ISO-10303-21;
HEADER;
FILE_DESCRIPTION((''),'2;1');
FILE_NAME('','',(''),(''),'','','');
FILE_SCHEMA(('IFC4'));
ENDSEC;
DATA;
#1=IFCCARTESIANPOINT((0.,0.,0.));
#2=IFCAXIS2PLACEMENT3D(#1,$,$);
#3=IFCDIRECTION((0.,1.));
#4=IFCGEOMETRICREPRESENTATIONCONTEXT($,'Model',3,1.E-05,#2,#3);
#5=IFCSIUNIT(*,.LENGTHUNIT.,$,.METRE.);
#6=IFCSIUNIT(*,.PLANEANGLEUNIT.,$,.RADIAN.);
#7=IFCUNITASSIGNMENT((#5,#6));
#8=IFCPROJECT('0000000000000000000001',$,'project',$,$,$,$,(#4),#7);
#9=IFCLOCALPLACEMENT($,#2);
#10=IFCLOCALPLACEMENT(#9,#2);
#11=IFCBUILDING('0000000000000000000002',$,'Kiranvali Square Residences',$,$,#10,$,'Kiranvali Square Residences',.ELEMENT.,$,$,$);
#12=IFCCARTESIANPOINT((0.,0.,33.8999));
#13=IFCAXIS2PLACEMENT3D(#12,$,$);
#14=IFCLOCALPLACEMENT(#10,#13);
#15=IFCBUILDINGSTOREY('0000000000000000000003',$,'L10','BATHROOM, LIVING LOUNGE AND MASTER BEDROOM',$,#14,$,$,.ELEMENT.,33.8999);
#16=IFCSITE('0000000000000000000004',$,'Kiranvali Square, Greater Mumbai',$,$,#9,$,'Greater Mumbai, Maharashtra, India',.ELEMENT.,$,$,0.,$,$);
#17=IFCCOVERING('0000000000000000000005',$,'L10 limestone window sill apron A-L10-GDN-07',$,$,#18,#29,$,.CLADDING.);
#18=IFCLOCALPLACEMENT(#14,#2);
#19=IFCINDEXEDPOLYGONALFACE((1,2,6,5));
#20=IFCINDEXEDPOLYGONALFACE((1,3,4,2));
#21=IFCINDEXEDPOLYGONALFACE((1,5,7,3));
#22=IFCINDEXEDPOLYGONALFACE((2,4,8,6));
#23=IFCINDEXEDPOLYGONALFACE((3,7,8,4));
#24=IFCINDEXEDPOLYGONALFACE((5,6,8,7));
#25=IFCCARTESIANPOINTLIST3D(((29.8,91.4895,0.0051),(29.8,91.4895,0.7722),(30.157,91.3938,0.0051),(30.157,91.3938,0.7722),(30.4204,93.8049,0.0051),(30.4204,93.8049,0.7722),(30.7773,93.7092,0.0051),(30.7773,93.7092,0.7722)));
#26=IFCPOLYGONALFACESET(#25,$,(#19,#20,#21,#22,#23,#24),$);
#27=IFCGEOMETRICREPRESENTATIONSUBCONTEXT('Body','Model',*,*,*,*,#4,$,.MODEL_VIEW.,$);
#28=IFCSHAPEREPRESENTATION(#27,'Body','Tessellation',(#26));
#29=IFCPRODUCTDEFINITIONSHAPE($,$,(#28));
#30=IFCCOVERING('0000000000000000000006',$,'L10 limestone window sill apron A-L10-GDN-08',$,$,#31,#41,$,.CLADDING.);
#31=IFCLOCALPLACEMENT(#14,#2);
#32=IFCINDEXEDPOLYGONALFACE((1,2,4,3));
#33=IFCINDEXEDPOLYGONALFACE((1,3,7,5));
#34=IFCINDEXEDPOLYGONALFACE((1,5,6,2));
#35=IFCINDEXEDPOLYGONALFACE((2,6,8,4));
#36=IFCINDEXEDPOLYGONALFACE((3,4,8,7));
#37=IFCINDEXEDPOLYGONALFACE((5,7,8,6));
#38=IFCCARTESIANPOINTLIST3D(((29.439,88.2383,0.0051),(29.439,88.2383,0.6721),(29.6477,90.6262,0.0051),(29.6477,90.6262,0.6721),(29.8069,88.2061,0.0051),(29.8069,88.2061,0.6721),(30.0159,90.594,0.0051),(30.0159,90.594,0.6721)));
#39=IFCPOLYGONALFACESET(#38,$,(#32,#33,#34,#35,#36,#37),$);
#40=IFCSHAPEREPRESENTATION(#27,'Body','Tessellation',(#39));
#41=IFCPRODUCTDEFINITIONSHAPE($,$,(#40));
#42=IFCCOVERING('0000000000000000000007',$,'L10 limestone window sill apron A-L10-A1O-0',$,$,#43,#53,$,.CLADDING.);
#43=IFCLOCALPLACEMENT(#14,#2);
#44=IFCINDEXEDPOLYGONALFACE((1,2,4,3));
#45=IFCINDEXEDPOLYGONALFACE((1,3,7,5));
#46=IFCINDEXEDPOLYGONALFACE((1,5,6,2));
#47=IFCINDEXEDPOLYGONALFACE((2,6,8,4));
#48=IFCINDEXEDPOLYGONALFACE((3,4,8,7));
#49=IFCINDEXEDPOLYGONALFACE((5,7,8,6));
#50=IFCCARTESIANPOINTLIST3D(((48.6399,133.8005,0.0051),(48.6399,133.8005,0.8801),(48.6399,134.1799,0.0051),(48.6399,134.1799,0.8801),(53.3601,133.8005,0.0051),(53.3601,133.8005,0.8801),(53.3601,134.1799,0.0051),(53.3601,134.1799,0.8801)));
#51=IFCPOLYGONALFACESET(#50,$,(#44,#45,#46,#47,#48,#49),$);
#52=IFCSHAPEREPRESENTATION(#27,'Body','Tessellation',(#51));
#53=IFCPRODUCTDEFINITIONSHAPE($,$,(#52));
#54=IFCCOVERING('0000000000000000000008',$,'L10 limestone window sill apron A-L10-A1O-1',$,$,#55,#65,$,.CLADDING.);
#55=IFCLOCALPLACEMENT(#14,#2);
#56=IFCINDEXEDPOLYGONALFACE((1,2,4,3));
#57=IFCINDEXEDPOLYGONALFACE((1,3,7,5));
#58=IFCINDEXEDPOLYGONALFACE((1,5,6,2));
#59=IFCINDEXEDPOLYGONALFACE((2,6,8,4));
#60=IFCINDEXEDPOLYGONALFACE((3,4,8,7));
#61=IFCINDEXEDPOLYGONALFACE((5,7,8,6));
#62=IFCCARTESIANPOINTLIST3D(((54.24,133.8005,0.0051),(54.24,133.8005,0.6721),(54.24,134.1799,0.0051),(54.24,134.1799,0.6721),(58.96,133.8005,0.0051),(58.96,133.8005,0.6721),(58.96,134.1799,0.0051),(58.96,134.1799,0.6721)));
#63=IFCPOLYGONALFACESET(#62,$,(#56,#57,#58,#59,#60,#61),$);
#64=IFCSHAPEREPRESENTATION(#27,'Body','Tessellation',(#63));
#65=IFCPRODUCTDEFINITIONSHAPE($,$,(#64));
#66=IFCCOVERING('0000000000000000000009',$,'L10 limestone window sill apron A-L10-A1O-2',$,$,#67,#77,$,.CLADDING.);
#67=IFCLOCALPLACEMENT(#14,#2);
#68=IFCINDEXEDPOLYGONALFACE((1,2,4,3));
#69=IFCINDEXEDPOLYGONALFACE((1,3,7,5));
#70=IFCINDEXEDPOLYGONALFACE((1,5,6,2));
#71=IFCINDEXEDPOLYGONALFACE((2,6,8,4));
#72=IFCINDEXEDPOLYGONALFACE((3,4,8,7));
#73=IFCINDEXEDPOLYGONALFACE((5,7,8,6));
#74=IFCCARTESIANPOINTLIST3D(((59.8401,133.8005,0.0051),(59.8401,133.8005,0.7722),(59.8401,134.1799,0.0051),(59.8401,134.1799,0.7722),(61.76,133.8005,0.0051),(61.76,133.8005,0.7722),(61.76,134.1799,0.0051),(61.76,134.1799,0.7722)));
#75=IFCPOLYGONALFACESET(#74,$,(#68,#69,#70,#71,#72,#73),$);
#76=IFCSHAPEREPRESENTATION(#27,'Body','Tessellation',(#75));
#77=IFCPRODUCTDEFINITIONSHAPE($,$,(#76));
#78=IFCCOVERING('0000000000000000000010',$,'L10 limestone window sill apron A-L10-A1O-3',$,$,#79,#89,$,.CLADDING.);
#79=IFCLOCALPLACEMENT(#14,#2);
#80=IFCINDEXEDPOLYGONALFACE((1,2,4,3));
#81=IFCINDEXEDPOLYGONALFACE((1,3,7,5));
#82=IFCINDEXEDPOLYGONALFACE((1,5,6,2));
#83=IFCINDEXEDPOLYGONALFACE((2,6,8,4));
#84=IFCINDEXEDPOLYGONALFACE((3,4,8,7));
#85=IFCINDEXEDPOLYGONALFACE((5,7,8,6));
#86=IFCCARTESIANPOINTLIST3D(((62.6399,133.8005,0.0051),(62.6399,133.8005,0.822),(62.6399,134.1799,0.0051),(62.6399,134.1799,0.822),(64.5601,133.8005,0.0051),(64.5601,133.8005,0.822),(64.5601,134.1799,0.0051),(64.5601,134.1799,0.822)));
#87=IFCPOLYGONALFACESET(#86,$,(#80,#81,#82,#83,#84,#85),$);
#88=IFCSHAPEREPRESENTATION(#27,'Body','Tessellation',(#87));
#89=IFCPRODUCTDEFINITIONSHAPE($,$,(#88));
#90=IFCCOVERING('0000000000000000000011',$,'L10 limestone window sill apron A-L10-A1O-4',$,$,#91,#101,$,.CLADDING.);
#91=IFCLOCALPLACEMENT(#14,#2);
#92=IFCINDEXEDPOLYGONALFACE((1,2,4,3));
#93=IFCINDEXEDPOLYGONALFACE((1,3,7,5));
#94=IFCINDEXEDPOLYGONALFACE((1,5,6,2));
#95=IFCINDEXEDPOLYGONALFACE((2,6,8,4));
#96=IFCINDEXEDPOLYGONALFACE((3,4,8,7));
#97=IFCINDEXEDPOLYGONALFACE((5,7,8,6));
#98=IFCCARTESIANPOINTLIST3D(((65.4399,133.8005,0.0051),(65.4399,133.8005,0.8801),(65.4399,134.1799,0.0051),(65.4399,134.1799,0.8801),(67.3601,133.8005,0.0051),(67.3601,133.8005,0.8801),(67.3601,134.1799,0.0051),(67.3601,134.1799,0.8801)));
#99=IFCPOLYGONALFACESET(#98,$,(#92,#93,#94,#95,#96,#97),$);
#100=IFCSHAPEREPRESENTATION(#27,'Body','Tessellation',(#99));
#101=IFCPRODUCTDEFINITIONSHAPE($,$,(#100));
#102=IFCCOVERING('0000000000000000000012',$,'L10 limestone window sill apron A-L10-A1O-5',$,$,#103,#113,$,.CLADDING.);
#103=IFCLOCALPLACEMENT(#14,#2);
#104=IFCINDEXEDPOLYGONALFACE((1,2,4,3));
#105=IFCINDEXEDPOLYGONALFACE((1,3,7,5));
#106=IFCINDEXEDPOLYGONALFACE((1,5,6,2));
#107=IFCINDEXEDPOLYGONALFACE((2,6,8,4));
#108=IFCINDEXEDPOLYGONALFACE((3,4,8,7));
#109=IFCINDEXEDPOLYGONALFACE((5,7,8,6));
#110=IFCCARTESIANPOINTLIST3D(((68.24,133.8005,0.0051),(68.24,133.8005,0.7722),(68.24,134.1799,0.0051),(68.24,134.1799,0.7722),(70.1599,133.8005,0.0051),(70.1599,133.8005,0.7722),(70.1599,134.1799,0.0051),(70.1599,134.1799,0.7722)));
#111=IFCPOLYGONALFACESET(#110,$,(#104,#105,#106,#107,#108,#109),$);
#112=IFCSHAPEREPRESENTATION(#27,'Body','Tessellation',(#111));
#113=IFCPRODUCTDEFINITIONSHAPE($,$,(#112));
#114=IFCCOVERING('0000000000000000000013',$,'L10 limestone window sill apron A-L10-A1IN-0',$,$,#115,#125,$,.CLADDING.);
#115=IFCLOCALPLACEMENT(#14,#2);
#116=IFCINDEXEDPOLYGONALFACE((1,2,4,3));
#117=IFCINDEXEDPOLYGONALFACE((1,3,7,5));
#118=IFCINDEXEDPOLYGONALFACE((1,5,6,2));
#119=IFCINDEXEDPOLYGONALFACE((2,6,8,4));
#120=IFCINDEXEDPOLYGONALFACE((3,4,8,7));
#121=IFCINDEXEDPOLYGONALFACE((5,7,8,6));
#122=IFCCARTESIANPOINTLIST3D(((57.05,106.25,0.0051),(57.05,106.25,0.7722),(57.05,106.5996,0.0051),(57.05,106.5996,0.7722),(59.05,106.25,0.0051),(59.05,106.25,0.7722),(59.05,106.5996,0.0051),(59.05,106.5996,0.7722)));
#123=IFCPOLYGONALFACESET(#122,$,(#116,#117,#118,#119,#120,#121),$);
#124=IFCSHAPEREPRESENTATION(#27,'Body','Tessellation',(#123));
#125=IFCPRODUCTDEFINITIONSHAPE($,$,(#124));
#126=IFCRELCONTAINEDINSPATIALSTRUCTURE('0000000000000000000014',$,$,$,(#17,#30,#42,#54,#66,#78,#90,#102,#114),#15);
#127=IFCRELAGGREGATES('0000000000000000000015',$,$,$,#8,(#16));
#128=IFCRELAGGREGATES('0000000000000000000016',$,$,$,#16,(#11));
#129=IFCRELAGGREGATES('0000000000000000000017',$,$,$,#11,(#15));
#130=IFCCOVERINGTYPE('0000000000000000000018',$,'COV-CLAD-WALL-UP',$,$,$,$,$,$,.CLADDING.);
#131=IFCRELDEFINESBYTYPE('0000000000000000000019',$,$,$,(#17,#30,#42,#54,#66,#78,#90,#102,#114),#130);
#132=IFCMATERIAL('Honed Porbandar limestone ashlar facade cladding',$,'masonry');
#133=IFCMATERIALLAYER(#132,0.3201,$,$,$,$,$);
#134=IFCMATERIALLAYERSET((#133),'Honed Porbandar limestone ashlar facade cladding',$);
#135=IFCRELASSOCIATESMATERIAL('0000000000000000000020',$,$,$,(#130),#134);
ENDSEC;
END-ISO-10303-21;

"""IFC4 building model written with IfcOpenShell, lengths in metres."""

from ifc_helpers import new_model, si_unit, direction, frame, origin, place, context, subcontext, project, spatial, polyline, outline, extrude, material, layer, layer_set, type_object, element, save


model = new_model("IFC4")

# Units and contexts
model_context = context("Model", 3, precision=1e-05, world=origin(), true_north=direction((0.0, 1.0)))
body_context = subcontext(model_context, "Body", "Model", "MODEL_VIEW")
ifc_project = project(units=[si_unit("LENGTHUNIT", "METRE"), si_unit("PLANEANGLEUNIT", "RADIAN")], contexts=[model_context])

# Site, building, storey
site_placement = place(None, origin())
site = spatial("IfcSite", under=ifc_project, at=site_placement, Name="Kiranvali Square, Greater Mumbai", LongName="Greater Mumbai, Maharashtra, India", CompositionType="ELEMENT", RefElevation=0.0)
building_placement = place(site_placement, origin())
building = spatial("IfcBuilding", under=site, at=building_placement, Name="Kiranvali Square Residences", LongName="Kiranvali Square Residences", CompositionType="ELEMENT")
storey_placement = place(building_placement, frame((0.0, 0.0, 33.8999)))
storey = spatial("IfcBuildingStorey", under=building, at=storey_placement, Name="L10", Description="BATHROOM, LIVING LOUNGE AND MASTER BEDROOM", CompositionType="ELEMENT", Elevation=33.8999)

# Coverings
ifc_material = material(Name="Honed Porbandar limestone ashlar facade cladding", Category="masonry")
ifc_layer_1 = layer(ifc_material, 0.3201)
ifc_layer_set_1 = layer_set([ifc_layer_1], Name="Honed Porbandar limestone ashlar facade cladding")
covering_type_1 = type_object("IfcCoveringType", Name="COV-CLAD-WALL-UP", PredefinedType="CLADDING", material=ifc_layer_set_1)
covering_1_placement = place(storey_placement, frame((0.0, 0.0, 0.0051)))
element("IfcCovering", 1, at=covering_1_placement, inside=storey, type_object=covering_type_1, Name="L10 limestone window sill apron A-L10-GDN-07", PredefinedType="CLADDING", context=body_context, shape_type="SweptSolid", body=[
    extrude(outline(polyline([(30.4204, 93.8049), (29.8, 91.4895), (30.157, 91.3938), (30.7773, 93.7092), (30.4204, 93.8049)])), origin(), (0.0, 0.0, 1.0), 0.7671),
])
covering_2_placement = place(storey_placement, frame((0.0, 0.0, 0.0051)))
element("IfcCovering", 2, at=covering_2_placement, inside=storey, type_object=covering_type_1, Name="L10 limestone window sill apron A-L10-GDN-08", PredefinedType="CLADDING", context=body_context, shape_type="SweptSolid", body=[
    extrude(outline(polyline([(29.6477, 90.6262), (29.439, 88.2383), (29.8069, 88.2061), (30.0159, 90.594), (29.6477, 90.6262)])), origin(), (0.0, 0.0, 1.0), 0.667),
])
covering_3_placement = place(storey_placement, frame((0.0, 0.0, 0.0051)))
element("IfcCovering", 3, at=covering_3_placement, inside=storey, type_object=covering_type_1, Name="L10 limestone window sill apron A-L10-A1O-0", PredefinedType="CLADDING", context=body_context, shape_type="SweptSolid", body=[
    extrude(outline(polyline([(48.6399, 133.8005), (53.3601, 133.8005), (53.3601, 134.1799), (48.6399, 134.1799), (48.6399, 133.8005)])), origin(), (0.0, 0.0, 1.0), 0.875),
])
covering_4_placement = place(storey_placement, frame((0.0, 0.0, 0.0051)))
element("IfcCovering", 4, at=covering_4_placement, inside=storey, type_object=covering_type_1, Name="L10 limestone window sill apron A-L10-A1O-1", PredefinedType="CLADDING", context=body_context, shape_type="SweptSolid", body=[
    extrude(outline(polyline([(54.24, 133.8005), (58.96, 133.8005), (58.96, 134.1799), (54.24, 134.1799), (54.24, 133.8005)])), origin(), (0.0, 0.0, 1.0), 0.667),
])
covering_5_placement = place(storey_placement, frame((0.0, 0.0, 0.0051)))
element("IfcCovering", 5, at=covering_5_placement, inside=storey, type_object=covering_type_1, Name="L10 limestone window sill apron A-L10-A1O-2", PredefinedType="CLADDING", context=body_context, shape_type="SweptSolid", body=[
    extrude(outline(polyline([(59.8401, 133.8005), (61.76, 133.8005), (61.76, 134.1799), (59.8401, 134.1799), (59.8401, 133.8005)])), origin(), (0.0, 0.0, 1.0), 0.7671),
])
covering_6_placement = place(storey_placement, frame((0.0, 0.0, 0.0051)))
element("IfcCovering", 6, at=covering_6_placement, inside=storey, type_object=covering_type_1, Name="L10 limestone window sill apron A-L10-A1O-3", PredefinedType="CLADDING", context=body_context, shape_type="SweptSolid", body=[
    extrude(outline(polyline([(62.6399, 133.8005), (64.5601, 133.8005), (64.5601, 134.1799), (62.6399, 134.1799), (62.6399, 133.8005)])), origin(), (0.0, 0.0, 1.0), 0.8169),
])
covering_7_placement = place(storey_placement, frame((0.0, 0.0, 0.0051)))
element("IfcCovering", 7, at=covering_7_placement, inside=storey, type_object=covering_type_1, Name="L10 limestone window sill apron A-L10-A1O-4", PredefinedType="CLADDING", context=body_context, shape_type="SweptSolid", body=[
    extrude(outline(polyline([(65.4399, 133.8005), (67.3601, 133.8005), (67.3601, 134.1799), (65.4399, 134.1799), (65.4399, 133.8005)])), origin(), (0.0, 0.0, 1.0), 0.875),
])
covering_8_placement = place(storey_placement, frame((0.0, 0.0, 0.0051)))
element("IfcCovering", 8, at=covering_8_placement, inside=storey, type_object=covering_type_1, Name="L10 limestone window sill apron A-L10-A1O-5", PredefinedType="CLADDING", context=body_context, shape_type="SweptSolid", body=[
    extrude(outline(polyline([(68.24, 133.8005), (70.1599, 133.8005), (70.1599, 134.1799), (68.24, 134.1799), (68.24, 133.8005)])), origin(), (0.0, 0.0, 1.0), 0.7671),
])
covering_9_placement = place(storey_placement, frame((0.0, 0.0, 0.0051)))
element("IfcCovering", 9, at=covering_9_placement, inside=storey, type_object=covering_type_1, Name="L10 limestone window sill apron A-L10-A1IN-0", PredefinedType="CLADDING", context=body_context, shape_type="SweptSolid", body=[
    extrude(outline(polyline([(57.05, 106.25), (59.05, 106.25), (59.05, 106.5996), (57.05, 106.5996), (57.05, 106.25)])), origin(), (0.0, 0.0, 1.0), 0.7671),
])

save(model, "model.ifc")
